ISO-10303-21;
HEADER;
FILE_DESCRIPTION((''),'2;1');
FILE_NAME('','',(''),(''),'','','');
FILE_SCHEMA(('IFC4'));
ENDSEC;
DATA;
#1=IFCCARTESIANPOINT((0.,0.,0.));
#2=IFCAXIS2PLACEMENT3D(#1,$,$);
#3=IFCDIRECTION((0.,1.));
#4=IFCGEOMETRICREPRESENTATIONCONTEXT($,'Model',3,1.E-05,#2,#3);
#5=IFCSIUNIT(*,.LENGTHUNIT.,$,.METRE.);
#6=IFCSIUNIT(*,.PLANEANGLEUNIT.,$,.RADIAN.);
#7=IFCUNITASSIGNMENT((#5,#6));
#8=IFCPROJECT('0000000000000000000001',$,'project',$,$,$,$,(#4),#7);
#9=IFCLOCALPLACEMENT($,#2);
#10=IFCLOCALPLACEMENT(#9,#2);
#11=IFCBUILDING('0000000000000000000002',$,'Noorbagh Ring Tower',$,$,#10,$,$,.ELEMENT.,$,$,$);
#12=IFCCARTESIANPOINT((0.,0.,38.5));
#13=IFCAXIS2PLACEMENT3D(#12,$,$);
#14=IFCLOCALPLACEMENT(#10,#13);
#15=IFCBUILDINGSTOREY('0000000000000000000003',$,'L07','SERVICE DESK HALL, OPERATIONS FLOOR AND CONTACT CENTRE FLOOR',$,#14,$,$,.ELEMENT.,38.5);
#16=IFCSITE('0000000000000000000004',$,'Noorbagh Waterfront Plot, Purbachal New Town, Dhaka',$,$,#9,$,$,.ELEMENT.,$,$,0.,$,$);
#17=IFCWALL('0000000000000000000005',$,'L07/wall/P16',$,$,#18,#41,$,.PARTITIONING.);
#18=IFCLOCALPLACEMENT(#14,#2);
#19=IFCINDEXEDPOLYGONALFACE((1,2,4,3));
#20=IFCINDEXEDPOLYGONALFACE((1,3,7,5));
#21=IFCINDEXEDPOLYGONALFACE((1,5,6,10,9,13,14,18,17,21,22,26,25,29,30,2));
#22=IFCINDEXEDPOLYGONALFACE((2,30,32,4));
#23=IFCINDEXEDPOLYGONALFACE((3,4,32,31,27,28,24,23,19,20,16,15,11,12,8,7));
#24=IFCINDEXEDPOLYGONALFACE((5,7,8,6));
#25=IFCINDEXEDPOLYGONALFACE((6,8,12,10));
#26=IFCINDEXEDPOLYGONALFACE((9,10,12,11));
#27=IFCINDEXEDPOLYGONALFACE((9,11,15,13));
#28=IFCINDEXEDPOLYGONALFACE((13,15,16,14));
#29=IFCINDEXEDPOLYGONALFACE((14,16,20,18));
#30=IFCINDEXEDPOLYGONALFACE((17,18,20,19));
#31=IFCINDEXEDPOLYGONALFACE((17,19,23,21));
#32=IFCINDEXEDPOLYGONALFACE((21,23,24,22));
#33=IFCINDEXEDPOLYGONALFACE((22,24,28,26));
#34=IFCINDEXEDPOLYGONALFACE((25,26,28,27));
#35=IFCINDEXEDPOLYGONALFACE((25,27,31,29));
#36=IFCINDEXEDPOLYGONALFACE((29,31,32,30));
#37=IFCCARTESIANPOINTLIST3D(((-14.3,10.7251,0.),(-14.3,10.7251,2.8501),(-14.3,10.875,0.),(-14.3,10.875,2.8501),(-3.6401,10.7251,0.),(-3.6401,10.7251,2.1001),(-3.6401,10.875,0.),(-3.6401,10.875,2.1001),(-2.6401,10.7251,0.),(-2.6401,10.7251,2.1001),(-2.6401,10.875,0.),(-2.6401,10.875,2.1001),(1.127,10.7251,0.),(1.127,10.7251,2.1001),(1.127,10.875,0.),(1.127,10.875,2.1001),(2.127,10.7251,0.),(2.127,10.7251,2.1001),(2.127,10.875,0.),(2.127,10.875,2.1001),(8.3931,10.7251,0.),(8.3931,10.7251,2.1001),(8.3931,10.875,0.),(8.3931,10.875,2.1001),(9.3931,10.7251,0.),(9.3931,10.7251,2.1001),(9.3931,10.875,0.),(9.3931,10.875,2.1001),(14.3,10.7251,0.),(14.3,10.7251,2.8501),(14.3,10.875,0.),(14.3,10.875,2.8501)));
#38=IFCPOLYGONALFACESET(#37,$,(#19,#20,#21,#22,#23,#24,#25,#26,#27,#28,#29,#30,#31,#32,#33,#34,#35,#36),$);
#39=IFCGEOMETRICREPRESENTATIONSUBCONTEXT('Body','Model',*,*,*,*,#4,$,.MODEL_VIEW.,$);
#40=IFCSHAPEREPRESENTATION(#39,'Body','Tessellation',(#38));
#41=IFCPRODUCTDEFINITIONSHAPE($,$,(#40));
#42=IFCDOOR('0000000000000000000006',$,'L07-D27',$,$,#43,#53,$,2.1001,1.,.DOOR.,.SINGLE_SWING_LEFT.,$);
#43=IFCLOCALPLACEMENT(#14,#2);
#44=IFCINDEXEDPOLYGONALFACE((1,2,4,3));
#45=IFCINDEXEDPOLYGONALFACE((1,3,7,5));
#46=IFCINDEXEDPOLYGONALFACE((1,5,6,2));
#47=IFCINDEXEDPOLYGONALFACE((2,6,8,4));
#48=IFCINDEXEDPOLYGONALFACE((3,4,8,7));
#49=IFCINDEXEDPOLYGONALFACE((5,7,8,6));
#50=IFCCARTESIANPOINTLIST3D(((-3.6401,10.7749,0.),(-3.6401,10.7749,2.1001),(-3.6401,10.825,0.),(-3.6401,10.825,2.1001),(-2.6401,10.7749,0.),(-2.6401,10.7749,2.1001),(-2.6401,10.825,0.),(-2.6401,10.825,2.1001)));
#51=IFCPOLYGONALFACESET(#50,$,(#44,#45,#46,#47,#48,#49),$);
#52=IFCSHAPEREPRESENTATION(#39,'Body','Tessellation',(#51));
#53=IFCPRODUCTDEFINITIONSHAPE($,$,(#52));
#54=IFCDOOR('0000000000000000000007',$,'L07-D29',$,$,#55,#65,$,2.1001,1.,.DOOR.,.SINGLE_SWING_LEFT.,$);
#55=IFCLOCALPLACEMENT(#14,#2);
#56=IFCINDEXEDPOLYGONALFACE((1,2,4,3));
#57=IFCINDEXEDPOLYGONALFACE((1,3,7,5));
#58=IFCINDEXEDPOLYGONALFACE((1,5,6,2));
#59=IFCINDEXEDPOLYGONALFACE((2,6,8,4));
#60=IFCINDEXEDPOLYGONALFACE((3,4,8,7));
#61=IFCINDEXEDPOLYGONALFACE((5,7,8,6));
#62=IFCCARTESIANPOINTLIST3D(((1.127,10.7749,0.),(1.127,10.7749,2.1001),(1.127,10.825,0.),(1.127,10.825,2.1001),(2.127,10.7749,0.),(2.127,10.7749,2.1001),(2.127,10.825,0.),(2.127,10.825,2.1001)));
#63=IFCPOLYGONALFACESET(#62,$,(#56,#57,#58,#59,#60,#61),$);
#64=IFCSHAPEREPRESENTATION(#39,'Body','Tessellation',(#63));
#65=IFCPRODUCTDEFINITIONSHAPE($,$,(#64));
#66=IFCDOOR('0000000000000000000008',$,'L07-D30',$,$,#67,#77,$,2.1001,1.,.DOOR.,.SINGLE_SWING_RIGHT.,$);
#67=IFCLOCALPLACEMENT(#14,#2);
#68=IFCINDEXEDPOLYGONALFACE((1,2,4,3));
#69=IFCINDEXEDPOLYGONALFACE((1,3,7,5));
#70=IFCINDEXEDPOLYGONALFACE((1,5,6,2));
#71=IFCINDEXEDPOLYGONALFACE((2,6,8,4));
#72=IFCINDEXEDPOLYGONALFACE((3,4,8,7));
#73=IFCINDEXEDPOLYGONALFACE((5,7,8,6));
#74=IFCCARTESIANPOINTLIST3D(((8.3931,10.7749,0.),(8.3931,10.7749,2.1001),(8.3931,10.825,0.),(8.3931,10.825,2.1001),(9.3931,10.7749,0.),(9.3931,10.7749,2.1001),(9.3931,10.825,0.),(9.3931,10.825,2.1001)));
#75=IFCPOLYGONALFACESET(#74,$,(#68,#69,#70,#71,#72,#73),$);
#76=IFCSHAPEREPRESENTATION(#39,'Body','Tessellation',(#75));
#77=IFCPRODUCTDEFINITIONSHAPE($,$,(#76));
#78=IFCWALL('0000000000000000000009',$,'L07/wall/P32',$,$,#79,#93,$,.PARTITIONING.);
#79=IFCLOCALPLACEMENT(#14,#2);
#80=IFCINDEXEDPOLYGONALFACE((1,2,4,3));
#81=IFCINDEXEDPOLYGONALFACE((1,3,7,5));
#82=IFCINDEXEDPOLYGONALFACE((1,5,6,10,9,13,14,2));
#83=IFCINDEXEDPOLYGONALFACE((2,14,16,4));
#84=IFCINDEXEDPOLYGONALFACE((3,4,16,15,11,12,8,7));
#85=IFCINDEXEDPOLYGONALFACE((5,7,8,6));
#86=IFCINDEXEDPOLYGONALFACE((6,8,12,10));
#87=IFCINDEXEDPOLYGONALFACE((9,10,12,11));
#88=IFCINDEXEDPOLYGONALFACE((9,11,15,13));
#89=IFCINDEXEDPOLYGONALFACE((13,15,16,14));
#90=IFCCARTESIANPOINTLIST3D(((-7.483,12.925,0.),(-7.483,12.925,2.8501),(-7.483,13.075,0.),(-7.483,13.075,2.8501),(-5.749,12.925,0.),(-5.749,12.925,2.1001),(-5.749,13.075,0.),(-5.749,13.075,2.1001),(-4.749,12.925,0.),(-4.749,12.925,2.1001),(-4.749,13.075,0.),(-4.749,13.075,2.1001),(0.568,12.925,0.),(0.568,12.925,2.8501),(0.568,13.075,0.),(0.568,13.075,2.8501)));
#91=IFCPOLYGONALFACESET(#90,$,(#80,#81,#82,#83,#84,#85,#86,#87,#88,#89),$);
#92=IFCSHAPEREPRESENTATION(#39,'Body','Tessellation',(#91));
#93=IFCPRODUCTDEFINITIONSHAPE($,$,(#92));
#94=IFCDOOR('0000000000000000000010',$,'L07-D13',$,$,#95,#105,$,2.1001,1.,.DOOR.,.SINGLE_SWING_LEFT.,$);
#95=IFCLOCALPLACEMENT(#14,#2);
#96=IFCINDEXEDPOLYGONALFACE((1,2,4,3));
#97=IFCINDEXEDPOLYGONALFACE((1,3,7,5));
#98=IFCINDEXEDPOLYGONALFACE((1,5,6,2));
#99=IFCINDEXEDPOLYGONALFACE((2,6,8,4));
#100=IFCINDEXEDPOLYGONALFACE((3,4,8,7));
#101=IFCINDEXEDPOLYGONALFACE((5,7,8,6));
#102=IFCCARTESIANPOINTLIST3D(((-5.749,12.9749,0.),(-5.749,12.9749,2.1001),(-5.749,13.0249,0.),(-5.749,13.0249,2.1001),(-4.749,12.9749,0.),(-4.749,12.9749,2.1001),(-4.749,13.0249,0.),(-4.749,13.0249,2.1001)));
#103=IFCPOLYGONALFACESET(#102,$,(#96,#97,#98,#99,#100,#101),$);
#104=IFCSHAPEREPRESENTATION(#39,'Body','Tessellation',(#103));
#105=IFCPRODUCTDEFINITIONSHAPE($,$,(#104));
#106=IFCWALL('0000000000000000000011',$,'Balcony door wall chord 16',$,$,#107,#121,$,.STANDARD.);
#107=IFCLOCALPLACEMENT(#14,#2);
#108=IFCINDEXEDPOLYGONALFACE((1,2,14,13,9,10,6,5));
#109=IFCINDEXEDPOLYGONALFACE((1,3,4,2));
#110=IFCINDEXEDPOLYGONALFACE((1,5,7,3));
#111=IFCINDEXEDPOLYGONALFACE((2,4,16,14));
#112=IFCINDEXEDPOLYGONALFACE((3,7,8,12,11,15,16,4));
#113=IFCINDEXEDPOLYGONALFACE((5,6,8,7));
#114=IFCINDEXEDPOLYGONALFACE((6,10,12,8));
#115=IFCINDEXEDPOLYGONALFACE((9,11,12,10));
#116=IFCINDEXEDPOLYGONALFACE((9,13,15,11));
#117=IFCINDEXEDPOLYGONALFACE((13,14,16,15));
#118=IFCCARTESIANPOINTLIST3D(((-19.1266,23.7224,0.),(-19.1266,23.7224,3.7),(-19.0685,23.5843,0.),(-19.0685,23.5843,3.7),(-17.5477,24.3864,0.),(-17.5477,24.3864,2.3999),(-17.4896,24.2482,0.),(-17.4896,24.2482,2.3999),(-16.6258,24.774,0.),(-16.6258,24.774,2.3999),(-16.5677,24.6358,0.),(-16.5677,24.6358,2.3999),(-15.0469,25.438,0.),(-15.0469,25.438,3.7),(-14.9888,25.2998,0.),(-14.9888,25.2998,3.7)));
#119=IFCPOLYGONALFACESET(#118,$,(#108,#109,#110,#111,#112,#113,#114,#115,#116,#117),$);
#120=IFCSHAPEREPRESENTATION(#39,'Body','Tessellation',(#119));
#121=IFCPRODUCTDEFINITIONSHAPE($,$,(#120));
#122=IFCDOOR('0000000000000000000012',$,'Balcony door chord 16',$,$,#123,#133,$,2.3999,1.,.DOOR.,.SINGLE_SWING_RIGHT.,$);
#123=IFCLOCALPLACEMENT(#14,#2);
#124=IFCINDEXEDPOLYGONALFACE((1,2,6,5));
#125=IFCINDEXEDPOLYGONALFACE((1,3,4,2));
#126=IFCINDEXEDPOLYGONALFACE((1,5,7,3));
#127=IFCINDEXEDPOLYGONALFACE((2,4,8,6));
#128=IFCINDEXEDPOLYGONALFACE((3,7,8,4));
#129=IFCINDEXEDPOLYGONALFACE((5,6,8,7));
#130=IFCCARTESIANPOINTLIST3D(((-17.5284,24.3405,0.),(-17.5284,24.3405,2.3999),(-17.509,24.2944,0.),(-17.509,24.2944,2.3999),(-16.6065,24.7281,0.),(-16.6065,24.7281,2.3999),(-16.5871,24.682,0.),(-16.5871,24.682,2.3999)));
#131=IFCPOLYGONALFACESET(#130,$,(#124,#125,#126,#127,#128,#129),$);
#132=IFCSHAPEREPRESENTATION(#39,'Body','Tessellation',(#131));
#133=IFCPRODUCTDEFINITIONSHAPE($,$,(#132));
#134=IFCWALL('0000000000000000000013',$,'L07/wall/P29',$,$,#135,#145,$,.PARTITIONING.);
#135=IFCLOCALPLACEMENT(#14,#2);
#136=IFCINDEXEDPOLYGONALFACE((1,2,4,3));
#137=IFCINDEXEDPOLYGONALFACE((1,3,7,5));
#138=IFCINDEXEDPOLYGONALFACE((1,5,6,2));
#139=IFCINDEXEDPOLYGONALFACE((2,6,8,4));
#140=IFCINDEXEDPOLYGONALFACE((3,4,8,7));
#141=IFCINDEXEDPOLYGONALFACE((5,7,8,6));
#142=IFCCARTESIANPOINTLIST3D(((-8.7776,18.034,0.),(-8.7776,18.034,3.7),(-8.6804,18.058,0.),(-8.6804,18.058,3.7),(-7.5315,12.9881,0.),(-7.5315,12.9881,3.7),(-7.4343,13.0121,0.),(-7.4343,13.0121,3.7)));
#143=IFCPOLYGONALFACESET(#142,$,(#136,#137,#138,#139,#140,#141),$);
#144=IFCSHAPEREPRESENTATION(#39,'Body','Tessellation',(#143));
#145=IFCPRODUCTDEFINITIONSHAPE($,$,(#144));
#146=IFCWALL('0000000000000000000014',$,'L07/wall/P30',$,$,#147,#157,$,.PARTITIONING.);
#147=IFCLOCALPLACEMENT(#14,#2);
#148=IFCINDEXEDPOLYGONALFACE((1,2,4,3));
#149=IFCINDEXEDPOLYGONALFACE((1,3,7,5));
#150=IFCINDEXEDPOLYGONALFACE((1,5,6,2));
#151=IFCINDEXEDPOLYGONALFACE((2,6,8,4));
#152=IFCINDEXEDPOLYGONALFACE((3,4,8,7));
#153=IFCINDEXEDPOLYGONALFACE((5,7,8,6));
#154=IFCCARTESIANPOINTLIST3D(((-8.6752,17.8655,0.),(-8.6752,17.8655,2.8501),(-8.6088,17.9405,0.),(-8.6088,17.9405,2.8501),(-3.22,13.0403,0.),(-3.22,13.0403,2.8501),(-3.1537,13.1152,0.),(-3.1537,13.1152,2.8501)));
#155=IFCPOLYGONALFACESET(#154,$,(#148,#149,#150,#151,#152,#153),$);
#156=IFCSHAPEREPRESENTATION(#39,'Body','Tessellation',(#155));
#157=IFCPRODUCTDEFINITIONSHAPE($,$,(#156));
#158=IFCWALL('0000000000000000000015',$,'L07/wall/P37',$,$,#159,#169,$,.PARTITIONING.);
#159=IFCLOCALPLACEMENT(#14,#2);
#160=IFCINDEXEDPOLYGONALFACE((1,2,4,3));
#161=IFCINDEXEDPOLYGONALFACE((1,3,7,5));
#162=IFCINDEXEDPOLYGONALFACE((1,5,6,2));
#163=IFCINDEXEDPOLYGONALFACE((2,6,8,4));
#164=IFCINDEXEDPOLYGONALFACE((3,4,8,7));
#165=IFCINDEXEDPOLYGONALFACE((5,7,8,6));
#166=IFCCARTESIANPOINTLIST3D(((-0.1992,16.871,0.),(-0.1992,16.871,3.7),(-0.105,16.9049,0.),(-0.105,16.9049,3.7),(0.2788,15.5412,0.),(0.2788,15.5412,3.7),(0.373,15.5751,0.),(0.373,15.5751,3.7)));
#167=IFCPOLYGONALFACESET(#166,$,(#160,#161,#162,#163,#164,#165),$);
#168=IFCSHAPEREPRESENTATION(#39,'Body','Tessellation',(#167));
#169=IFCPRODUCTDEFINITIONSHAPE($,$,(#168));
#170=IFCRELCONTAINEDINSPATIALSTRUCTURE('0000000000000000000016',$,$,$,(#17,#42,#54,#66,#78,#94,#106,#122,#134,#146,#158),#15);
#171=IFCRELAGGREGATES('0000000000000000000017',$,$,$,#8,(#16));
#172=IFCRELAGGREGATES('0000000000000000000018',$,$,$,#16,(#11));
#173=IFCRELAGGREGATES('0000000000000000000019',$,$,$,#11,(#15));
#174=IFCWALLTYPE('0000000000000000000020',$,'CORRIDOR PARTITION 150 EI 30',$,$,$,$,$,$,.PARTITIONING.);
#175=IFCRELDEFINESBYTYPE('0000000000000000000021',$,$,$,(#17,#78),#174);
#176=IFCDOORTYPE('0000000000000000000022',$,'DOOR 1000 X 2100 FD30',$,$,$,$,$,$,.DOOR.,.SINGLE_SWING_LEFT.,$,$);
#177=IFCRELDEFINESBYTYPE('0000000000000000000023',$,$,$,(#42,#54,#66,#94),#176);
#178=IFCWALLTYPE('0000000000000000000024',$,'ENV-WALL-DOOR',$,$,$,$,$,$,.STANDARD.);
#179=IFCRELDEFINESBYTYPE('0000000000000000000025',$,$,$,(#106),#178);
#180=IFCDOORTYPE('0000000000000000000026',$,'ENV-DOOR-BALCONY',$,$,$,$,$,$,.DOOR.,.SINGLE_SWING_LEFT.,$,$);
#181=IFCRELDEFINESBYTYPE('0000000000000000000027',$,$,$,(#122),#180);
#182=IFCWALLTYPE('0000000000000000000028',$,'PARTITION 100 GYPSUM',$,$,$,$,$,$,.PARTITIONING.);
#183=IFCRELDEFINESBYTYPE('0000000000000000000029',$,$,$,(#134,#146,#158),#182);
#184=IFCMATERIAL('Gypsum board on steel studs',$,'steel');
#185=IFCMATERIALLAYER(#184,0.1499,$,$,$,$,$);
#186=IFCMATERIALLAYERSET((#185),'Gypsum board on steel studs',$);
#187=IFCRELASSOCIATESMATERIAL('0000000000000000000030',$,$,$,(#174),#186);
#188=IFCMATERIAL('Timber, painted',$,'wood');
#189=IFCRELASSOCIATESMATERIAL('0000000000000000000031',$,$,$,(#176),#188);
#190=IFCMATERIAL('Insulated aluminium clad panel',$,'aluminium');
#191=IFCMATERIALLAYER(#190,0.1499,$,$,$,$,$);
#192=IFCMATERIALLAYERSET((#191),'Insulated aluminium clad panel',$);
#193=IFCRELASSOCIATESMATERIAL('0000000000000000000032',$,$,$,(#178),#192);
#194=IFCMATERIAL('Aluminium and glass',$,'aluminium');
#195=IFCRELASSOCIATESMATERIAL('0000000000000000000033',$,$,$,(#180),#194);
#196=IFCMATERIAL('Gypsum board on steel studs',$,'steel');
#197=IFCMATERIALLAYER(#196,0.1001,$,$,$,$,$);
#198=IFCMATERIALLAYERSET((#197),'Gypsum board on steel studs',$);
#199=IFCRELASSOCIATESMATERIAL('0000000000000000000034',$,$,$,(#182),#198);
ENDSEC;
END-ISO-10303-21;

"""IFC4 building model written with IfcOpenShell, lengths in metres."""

from ifc_helpers import new_model, si_unit, direction, frame, frame_2d, origin, place, context, subcontext, project, spatial, rectangle, extrude, material, layer, layer_set, type_object, element, fill, save


model = new_model("IFC4")

# Units and contexts
model_context = context("Model", 3, precision=1e-05, world=origin(), true_north=direction((0.0, 1.0)))
body_context = subcontext(model_context, "Body", "Model", "MODEL_VIEW")
ifc_project = project(units=[si_unit("LENGTHUNIT", "METRE"), si_unit("PLANEANGLEUNIT", "RADIAN")], contexts=[model_context])

# Site, building, storey
site_placement = place(None, origin())
site = spatial("IfcSite", under=ifc_project, at=site_placement, Name="Noorbagh Waterfront Plot, Purbachal New Town, Dhaka", CompositionType="ELEMENT", RefElevation=0.0)
building_placement = place(site_placement, origin())
building = spatial("IfcBuilding", under=site, at=building_placement, Name="Noorbagh Ring Tower", CompositionType="ELEMENT")
storey_placement = place(building_placement, frame((0.0, 0.0, 38.5)))
storey = spatial("IfcBuildingStorey", under=building, at=storey_placement, Name="L07", Description="SERVICE DESK HALL, OPERATIONS FLOOR AND CONTACT CENTRE FLOOR", CompositionType="ELEMENT", Elevation=38.5)

# Shared definitions
ifc_material_1 = material(Name="Gypsum board on steel studs", Category="steel")
ifc_layer_1 = layer(ifc_material_1, 0.1499)
ifc_layer_set_1 = layer_set([ifc_layer_1], Name="Gypsum board on steel studs")
wall_type_1 = type_object("IfcWallType", Name="CORRIDOR PARTITION 150 EI 30", PredefinedType="PARTITIONING", material=ifc_layer_set_1)

# Shared definitions
ifc_material_2 = material(Name="Timber, painted", Category="wood")
door_type_1 = type_object("IfcDoorType", Name="DOOR 1000 X 2100 FD30", OperationType="SINGLE_SWING_LEFT", PredefinedType="DOOR", material=ifc_material_2)

# Wall, openings, doors
wall_1_placement = place(storey_placement, frame((-14.3, 10.8, 0.0), z_axis=(0.0, 0.0, 1.0), x_axis=(1.0, 0.0, 0.0)))
wall_1 = element("IfcWall", 1, at=wall_1_placement, inside=storey, type_object=wall_type_1, Name="L07/wall/P16", PredefinedType="PARTITIONING", context=body_context, shape_type="SweptSolid", body=[
    extrude(rectangle(XDim=28.6001, YDim=0.1499, at=frame_2d((14.3, 0.0))), origin(), (0.0, 0.0, 1.0), 2.8501),
])
opening_1_placement = place(wall_1_placement, frame((10.6599, 0.0, 0.0)))
opening_1 = element("IfcOpeningElement", 2, at=opening_1_placement, cuts=wall_1, PredefinedType="OPENING", context=body_context, shape_type="SweptSolid", body=[
    extrude(rectangle(XDim=1.0, YDim=2.1001, at=frame_2d((0.5, 1.05))), frame((0.0, 0.085, 0.0), z_axis=(0.0, -1.0, 0.0), x_axis=(1.0, 0.0, 0.0)), (0.0, 0.0, 1.0), 0.1699),
])
opening_2_placement = place(wall_1_placement, frame((15.427, 0.0, 0.0)))
opening_2 = element("IfcOpeningElement", 3, at=opening_2_placement, cuts=wall_1, PredefinedType="OPENING", context=body_context, shape_type="SweptSolid", body=[
    extrude(rectangle(XDim=1.0, YDim=2.1001, at=frame_2d((0.5, 1.05))), frame((0.0, 0.085, 0.0), z_axis=(0.0, -1.0, 0.0), x_axis=(1.0, 0.0, 0.0)), (0.0, 0.0, 1.0), 0.1699),
])
opening_3_placement = place(wall_1_placement, frame((22.6931, 0.0, 0.0)))
opening_3 = element("IfcOpeningElement", 4, at=opening_3_placement, cuts=wall_1, PredefinedType="OPENING", context=body_context, shape_type="SweptSolid", body=[
    extrude(rectangle(XDim=1.0, YDim=2.1001, at=frame_2d((0.5, 1.05))), frame((0.0, 0.085, 0.0), z_axis=(0.0, -1.0, 0.0), x_axis=(1.0, 0.0, 0.0)), (0.0, 0.0, 1.0), 0.1699),
])
door_1_placement = place(opening_1_placement, origin())
door_1 = element("IfcDoor", 5, at=door_1_placement, inside=storey, type_object=door_type_1, Name="L07-D27", OperationType="SINGLE_SWING_LEFT", OverallHeight=2.1001, OverallWidth=1.0, PredefinedType="DOOR", context=body_context, shape_type="SweptSolid", body=[
    extrude(rectangle(XDim=1.0, YDim=2.1001, at=frame_2d((0.5, 1.05))), frame((0.0, 0.0249, 0.0), z_axis=(0.0, -1.0, 0.0), x_axis=(1.0, 0.0, 0.0)), (0.0, 0.0, 1.0), 0.05),
])
fill(opening_1, door_1)
door_2_placement = place(opening_2_placement, origin())
door_2 = element("IfcDoor", 6, at=door_2_placement, inside=storey, type_object=door_type_1, Name="L07-D29", OperationType="SINGLE_SWING_LEFT", OverallHeight=2.1001, OverallWidth=1.0, PredefinedType="DOOR", context=body_context, shape_type="SweptSolid", body=[
    extrude(rectangle(XDim=1.0, YDim=2.1001, at=frame_2d((0.5, 1.05))), frame((0.0, 0.0249, 0.0), z_axis=(0.0, -1.0, 0.0), x_axis=(1.0, 0.0, 0.0)), (0.0, 0.0, 1.0), 0.05),
])
fill(opening_2, door_2)
door_3_placement = place(opening_3_placement, origin())
door_3 = element("IfcDoor", 7, at=door_3_placement, inside=storey, type_object=door_type_1, Name="L07-D30", OperationType="SINGLE_SWING_RIGHT", OverallHeight=2.1001, OverallWidth=1.0, PredefinedType="DOOR", context=body_context, shape_type="SweptSolid", body=[
    extrude(rectangle(XDim=1.0, YDim=2.1001, at=frame_2d((0.5, 1.05))), frame((0.0, 0.0249, 0.0), z_axis=(0.0, -1.0, 0.0), x_axis=(1.0, 0.0, 0.0)), (0.0, 0.0, 1.0), 0.05),
])
fill(opening_3, door_3)

# Walls, openings, doors
wall_2_placement = place(storey_placement, frame((-7.4829, 13.0, 0.0), z_axis=(0.0, 0.0, 1.0), x_axis=(1.0, 0.0, 0.0)))
wall_2 = element("IfcWall", 8, at=wall_2_placement, inside=storey, type_object=wall_type_1, Name="L07/wall/P32", PredefinedType="PARTITIONING", context=body_context, shape_type="SweptSolid", body=[
    extrude(rectangle(XDim=8.051, YDim=0.1499, at=frame_2d((4.0254, 0.0))), origin(), (0.0, 0.0, 1.0), 2.8501),
])
opening_4_placement = place(wall_2_placement, frame((1.7339, 0.0, 0.0)))
opening_4 = element("IfcOpeningElement", 9, at=opening_4_placement, cuts=wall_2, PredefinedType="OPENING", context=body_context, shape_type="SweptSolid", body=[
    extrude(rectangle(XDim=1.0, YDim=2.1001, at=frame_2d((0.5, 1.05))), frame((0.0, 0.085, 0.0), z_axis=(0.0, -1.0, 0.0), x_axis=(1.0, 0.0, 0.0)), (0.0, 0.0, 1.0), 0.1699),
])
door_4_placement = place(opening_4_placement, origin())
door_4 = element("IfcDoor", 10, at=door_4_placement, inside=storey, type_object=door_type_1, Name="L07-D13", OperationType="SINGLE_SWING_LEFT", OverallHeight=2.1001, OverallWidth=1.0, PredefinedType="DOOR", context=body_context, shape_type="SweptSolid", body=[
    extrude(rectangle(XDim=1.0, YDim=2.1001, at=frame_2d((0.5, 1.05))), frame((0.0, 0.0249, 0.0), z_axis=(0.0, -1.0, 0.0), x_axis=(1.0, 0.0, 0.0)), (0.0, 0.0, 1.0), 0.05),
])
fill(opening_4, door_4)
ifc_material_3 = material(Name="Insulated aluminium clad panel", Category="aluminium")
ifc_layer_2 = layer(ifc_material_3, 0.1499)
ifc_layer_set_2 = layer_set([ifc_layer_2], Name="Insulated aluminium clad panel")
wall_type_2 = type_object("IfcWallType", Name="ENV-WALL-DOOR", PredefinedType="STANDARD", material=ifc_layer_set_2)
wall_3_placement = place(storey_placement, frame((-15.0178, 25.3689, 0.0), z_axis=(0.0, 0.0, 1.0), x_axis=(-0.921817, -0.387625, 0.0)))
wall_3 = element("IfcWall", 11, at=wall_3_placement, inside=storey, type_object=wall_type_2, Name="Balcony door wall chord 16", PredefinedType="STANDARD", context=body_context, shape_type="SweptSolid", body=[
    extrude(rectangle(XDim=4.4258, YDim=0.1499, at=frame_2d((2.2129, 0.0))), origin(), (0.0, 0.0, 1.0), 3.7),
])
opening_5_placement = place(wall_3_placement, frame((1.7129, 0.0, 0.0)))
opening_5 = element("IfcOpeningElement", 12, at=opening_5_placement, cuts=wall_3, PredefinedType="OPENING", context=body_context, shape_type="SweptSolid", body=[
    extrude(rectangle(XDim=1.0, YDim=2.3999, at=frame_2d((0.5, 1.2))), frame((0.0, 0.085, 0.0), z_axis=(0.0, -1.0, 0.0), x_axis=(1.0, 0.0, 0.0)), (0.0, 0.0, 1.0), 0.1699),
])
ifc_material_4 = material(Name="Aluminium and glass", Category="aluminium")
door_type_2 = type_object("IfcDoorType", Name="ENV-DOOR-BALCONY", OperationType="SINGLE_SWING_LEFT", PredefinedType="DOOR", material=ifc_material_4)
door_5_placement = place(opening_5_placement, origin())
door_5 = element("IfcDoor", 13, at=door_5_placement, inside=storey, type_object=door_type_2, Name="Balcony door chord 16", OperationType="SINGLE_SWING_RIGHT", OverallHeight=2.3999, OverallWidth=1.0, PredefinedType="DOOR", context=body_context, shape_type="SweptSolid", body=[
    extrude(rectangle(XDim=1.0, YDim=2.3999, at=frame_2d((0.5, 1.2))), frame((0.0, 0.0249, 0.0), z_axis=(0.0, -1.0, 0.0), x_axis=(1.0, 0.0, 0.0)), (0.0, 0.0, 1.0), 0.05),
])
fill(opening_5, door_5)

# Walls
ifc_material_5 = material(Name="Gypsum board on steel studs", Category="steel")
ifc_layer_3 = layer(ifc_material_5, 0.1001)
ifc_layer_set_3 = layer_set([ifc_layer_3], Name="Gypsum board on steel studs")
wall_type_3 = type_object("IfcWallType", Name="PARTITION 100 GYPSUM", PredefinedType="PARTITIONING", material=ifc_layer_set_3)
wall_4_placement = place(storey_placement, frame((-8.729, 18.0459, 0.0), z_axis=(0.0, 0.0, 1.0), x_axis=(0.239749, -0.970835, 0.0)))
element("IfcWall", 14, at=wall_4_placement, inside=storey, type_object=wall_type_3, Name="L07/wall/P29", PredefinedType="PARTITIONING", context=body_context, shape_type="SweptSolid", body=[
    extrude(rectangle(XDim=5.1975, YDim=0.1001, at=frame_2d((2.5986, 0.0))), origin(), (0.0, 0.0, 1.0), 3.7),
])
wall_5_placement = place(storey_placement, frame((-8.6421, 17.9031, 0.0), z_axis=(0.0, 0.0, 1.0), x_axis=(0.749027, -0.662539, 0.0)))
element("IfcWall", 15, at=wall_5_placement, inside=storey, type_object=wall_type_3, Name="L07/wall/P30", PredefinedType="PARTITIONING", context=body_context, shape_type="SweptSolid", body=[
    extrude(rectangle(XDim=7.283, YDim=0.1001, at=frame_2d((3.6416, 0.0))), origin(), (0.0, 0.0, 1.0), 2.8501),
])
wall_6_placement = place(storey_placement, frame((-0.1521, 16.8879, 0.0), z_axis=(0.0, 0.0, 1.0), x_axis=(0.338273, -0.941048, 0.0)))
element("IfcWall", 16, at=wall_6_placement, inside=storey, type_object=wall_type_3, Name="L07/wall/P37", PredefinedType="PARTITIONING", context=body_context, shape_type="SweptSolid", body=[
    extrude(rectangle(XDim=1.4131, YDim=0.1001, at=frame_2d((0.7065, 0.0))), origin(), (0.0, 0.0, 1.0), 3.7),
])

save(model, "model.ifc")
